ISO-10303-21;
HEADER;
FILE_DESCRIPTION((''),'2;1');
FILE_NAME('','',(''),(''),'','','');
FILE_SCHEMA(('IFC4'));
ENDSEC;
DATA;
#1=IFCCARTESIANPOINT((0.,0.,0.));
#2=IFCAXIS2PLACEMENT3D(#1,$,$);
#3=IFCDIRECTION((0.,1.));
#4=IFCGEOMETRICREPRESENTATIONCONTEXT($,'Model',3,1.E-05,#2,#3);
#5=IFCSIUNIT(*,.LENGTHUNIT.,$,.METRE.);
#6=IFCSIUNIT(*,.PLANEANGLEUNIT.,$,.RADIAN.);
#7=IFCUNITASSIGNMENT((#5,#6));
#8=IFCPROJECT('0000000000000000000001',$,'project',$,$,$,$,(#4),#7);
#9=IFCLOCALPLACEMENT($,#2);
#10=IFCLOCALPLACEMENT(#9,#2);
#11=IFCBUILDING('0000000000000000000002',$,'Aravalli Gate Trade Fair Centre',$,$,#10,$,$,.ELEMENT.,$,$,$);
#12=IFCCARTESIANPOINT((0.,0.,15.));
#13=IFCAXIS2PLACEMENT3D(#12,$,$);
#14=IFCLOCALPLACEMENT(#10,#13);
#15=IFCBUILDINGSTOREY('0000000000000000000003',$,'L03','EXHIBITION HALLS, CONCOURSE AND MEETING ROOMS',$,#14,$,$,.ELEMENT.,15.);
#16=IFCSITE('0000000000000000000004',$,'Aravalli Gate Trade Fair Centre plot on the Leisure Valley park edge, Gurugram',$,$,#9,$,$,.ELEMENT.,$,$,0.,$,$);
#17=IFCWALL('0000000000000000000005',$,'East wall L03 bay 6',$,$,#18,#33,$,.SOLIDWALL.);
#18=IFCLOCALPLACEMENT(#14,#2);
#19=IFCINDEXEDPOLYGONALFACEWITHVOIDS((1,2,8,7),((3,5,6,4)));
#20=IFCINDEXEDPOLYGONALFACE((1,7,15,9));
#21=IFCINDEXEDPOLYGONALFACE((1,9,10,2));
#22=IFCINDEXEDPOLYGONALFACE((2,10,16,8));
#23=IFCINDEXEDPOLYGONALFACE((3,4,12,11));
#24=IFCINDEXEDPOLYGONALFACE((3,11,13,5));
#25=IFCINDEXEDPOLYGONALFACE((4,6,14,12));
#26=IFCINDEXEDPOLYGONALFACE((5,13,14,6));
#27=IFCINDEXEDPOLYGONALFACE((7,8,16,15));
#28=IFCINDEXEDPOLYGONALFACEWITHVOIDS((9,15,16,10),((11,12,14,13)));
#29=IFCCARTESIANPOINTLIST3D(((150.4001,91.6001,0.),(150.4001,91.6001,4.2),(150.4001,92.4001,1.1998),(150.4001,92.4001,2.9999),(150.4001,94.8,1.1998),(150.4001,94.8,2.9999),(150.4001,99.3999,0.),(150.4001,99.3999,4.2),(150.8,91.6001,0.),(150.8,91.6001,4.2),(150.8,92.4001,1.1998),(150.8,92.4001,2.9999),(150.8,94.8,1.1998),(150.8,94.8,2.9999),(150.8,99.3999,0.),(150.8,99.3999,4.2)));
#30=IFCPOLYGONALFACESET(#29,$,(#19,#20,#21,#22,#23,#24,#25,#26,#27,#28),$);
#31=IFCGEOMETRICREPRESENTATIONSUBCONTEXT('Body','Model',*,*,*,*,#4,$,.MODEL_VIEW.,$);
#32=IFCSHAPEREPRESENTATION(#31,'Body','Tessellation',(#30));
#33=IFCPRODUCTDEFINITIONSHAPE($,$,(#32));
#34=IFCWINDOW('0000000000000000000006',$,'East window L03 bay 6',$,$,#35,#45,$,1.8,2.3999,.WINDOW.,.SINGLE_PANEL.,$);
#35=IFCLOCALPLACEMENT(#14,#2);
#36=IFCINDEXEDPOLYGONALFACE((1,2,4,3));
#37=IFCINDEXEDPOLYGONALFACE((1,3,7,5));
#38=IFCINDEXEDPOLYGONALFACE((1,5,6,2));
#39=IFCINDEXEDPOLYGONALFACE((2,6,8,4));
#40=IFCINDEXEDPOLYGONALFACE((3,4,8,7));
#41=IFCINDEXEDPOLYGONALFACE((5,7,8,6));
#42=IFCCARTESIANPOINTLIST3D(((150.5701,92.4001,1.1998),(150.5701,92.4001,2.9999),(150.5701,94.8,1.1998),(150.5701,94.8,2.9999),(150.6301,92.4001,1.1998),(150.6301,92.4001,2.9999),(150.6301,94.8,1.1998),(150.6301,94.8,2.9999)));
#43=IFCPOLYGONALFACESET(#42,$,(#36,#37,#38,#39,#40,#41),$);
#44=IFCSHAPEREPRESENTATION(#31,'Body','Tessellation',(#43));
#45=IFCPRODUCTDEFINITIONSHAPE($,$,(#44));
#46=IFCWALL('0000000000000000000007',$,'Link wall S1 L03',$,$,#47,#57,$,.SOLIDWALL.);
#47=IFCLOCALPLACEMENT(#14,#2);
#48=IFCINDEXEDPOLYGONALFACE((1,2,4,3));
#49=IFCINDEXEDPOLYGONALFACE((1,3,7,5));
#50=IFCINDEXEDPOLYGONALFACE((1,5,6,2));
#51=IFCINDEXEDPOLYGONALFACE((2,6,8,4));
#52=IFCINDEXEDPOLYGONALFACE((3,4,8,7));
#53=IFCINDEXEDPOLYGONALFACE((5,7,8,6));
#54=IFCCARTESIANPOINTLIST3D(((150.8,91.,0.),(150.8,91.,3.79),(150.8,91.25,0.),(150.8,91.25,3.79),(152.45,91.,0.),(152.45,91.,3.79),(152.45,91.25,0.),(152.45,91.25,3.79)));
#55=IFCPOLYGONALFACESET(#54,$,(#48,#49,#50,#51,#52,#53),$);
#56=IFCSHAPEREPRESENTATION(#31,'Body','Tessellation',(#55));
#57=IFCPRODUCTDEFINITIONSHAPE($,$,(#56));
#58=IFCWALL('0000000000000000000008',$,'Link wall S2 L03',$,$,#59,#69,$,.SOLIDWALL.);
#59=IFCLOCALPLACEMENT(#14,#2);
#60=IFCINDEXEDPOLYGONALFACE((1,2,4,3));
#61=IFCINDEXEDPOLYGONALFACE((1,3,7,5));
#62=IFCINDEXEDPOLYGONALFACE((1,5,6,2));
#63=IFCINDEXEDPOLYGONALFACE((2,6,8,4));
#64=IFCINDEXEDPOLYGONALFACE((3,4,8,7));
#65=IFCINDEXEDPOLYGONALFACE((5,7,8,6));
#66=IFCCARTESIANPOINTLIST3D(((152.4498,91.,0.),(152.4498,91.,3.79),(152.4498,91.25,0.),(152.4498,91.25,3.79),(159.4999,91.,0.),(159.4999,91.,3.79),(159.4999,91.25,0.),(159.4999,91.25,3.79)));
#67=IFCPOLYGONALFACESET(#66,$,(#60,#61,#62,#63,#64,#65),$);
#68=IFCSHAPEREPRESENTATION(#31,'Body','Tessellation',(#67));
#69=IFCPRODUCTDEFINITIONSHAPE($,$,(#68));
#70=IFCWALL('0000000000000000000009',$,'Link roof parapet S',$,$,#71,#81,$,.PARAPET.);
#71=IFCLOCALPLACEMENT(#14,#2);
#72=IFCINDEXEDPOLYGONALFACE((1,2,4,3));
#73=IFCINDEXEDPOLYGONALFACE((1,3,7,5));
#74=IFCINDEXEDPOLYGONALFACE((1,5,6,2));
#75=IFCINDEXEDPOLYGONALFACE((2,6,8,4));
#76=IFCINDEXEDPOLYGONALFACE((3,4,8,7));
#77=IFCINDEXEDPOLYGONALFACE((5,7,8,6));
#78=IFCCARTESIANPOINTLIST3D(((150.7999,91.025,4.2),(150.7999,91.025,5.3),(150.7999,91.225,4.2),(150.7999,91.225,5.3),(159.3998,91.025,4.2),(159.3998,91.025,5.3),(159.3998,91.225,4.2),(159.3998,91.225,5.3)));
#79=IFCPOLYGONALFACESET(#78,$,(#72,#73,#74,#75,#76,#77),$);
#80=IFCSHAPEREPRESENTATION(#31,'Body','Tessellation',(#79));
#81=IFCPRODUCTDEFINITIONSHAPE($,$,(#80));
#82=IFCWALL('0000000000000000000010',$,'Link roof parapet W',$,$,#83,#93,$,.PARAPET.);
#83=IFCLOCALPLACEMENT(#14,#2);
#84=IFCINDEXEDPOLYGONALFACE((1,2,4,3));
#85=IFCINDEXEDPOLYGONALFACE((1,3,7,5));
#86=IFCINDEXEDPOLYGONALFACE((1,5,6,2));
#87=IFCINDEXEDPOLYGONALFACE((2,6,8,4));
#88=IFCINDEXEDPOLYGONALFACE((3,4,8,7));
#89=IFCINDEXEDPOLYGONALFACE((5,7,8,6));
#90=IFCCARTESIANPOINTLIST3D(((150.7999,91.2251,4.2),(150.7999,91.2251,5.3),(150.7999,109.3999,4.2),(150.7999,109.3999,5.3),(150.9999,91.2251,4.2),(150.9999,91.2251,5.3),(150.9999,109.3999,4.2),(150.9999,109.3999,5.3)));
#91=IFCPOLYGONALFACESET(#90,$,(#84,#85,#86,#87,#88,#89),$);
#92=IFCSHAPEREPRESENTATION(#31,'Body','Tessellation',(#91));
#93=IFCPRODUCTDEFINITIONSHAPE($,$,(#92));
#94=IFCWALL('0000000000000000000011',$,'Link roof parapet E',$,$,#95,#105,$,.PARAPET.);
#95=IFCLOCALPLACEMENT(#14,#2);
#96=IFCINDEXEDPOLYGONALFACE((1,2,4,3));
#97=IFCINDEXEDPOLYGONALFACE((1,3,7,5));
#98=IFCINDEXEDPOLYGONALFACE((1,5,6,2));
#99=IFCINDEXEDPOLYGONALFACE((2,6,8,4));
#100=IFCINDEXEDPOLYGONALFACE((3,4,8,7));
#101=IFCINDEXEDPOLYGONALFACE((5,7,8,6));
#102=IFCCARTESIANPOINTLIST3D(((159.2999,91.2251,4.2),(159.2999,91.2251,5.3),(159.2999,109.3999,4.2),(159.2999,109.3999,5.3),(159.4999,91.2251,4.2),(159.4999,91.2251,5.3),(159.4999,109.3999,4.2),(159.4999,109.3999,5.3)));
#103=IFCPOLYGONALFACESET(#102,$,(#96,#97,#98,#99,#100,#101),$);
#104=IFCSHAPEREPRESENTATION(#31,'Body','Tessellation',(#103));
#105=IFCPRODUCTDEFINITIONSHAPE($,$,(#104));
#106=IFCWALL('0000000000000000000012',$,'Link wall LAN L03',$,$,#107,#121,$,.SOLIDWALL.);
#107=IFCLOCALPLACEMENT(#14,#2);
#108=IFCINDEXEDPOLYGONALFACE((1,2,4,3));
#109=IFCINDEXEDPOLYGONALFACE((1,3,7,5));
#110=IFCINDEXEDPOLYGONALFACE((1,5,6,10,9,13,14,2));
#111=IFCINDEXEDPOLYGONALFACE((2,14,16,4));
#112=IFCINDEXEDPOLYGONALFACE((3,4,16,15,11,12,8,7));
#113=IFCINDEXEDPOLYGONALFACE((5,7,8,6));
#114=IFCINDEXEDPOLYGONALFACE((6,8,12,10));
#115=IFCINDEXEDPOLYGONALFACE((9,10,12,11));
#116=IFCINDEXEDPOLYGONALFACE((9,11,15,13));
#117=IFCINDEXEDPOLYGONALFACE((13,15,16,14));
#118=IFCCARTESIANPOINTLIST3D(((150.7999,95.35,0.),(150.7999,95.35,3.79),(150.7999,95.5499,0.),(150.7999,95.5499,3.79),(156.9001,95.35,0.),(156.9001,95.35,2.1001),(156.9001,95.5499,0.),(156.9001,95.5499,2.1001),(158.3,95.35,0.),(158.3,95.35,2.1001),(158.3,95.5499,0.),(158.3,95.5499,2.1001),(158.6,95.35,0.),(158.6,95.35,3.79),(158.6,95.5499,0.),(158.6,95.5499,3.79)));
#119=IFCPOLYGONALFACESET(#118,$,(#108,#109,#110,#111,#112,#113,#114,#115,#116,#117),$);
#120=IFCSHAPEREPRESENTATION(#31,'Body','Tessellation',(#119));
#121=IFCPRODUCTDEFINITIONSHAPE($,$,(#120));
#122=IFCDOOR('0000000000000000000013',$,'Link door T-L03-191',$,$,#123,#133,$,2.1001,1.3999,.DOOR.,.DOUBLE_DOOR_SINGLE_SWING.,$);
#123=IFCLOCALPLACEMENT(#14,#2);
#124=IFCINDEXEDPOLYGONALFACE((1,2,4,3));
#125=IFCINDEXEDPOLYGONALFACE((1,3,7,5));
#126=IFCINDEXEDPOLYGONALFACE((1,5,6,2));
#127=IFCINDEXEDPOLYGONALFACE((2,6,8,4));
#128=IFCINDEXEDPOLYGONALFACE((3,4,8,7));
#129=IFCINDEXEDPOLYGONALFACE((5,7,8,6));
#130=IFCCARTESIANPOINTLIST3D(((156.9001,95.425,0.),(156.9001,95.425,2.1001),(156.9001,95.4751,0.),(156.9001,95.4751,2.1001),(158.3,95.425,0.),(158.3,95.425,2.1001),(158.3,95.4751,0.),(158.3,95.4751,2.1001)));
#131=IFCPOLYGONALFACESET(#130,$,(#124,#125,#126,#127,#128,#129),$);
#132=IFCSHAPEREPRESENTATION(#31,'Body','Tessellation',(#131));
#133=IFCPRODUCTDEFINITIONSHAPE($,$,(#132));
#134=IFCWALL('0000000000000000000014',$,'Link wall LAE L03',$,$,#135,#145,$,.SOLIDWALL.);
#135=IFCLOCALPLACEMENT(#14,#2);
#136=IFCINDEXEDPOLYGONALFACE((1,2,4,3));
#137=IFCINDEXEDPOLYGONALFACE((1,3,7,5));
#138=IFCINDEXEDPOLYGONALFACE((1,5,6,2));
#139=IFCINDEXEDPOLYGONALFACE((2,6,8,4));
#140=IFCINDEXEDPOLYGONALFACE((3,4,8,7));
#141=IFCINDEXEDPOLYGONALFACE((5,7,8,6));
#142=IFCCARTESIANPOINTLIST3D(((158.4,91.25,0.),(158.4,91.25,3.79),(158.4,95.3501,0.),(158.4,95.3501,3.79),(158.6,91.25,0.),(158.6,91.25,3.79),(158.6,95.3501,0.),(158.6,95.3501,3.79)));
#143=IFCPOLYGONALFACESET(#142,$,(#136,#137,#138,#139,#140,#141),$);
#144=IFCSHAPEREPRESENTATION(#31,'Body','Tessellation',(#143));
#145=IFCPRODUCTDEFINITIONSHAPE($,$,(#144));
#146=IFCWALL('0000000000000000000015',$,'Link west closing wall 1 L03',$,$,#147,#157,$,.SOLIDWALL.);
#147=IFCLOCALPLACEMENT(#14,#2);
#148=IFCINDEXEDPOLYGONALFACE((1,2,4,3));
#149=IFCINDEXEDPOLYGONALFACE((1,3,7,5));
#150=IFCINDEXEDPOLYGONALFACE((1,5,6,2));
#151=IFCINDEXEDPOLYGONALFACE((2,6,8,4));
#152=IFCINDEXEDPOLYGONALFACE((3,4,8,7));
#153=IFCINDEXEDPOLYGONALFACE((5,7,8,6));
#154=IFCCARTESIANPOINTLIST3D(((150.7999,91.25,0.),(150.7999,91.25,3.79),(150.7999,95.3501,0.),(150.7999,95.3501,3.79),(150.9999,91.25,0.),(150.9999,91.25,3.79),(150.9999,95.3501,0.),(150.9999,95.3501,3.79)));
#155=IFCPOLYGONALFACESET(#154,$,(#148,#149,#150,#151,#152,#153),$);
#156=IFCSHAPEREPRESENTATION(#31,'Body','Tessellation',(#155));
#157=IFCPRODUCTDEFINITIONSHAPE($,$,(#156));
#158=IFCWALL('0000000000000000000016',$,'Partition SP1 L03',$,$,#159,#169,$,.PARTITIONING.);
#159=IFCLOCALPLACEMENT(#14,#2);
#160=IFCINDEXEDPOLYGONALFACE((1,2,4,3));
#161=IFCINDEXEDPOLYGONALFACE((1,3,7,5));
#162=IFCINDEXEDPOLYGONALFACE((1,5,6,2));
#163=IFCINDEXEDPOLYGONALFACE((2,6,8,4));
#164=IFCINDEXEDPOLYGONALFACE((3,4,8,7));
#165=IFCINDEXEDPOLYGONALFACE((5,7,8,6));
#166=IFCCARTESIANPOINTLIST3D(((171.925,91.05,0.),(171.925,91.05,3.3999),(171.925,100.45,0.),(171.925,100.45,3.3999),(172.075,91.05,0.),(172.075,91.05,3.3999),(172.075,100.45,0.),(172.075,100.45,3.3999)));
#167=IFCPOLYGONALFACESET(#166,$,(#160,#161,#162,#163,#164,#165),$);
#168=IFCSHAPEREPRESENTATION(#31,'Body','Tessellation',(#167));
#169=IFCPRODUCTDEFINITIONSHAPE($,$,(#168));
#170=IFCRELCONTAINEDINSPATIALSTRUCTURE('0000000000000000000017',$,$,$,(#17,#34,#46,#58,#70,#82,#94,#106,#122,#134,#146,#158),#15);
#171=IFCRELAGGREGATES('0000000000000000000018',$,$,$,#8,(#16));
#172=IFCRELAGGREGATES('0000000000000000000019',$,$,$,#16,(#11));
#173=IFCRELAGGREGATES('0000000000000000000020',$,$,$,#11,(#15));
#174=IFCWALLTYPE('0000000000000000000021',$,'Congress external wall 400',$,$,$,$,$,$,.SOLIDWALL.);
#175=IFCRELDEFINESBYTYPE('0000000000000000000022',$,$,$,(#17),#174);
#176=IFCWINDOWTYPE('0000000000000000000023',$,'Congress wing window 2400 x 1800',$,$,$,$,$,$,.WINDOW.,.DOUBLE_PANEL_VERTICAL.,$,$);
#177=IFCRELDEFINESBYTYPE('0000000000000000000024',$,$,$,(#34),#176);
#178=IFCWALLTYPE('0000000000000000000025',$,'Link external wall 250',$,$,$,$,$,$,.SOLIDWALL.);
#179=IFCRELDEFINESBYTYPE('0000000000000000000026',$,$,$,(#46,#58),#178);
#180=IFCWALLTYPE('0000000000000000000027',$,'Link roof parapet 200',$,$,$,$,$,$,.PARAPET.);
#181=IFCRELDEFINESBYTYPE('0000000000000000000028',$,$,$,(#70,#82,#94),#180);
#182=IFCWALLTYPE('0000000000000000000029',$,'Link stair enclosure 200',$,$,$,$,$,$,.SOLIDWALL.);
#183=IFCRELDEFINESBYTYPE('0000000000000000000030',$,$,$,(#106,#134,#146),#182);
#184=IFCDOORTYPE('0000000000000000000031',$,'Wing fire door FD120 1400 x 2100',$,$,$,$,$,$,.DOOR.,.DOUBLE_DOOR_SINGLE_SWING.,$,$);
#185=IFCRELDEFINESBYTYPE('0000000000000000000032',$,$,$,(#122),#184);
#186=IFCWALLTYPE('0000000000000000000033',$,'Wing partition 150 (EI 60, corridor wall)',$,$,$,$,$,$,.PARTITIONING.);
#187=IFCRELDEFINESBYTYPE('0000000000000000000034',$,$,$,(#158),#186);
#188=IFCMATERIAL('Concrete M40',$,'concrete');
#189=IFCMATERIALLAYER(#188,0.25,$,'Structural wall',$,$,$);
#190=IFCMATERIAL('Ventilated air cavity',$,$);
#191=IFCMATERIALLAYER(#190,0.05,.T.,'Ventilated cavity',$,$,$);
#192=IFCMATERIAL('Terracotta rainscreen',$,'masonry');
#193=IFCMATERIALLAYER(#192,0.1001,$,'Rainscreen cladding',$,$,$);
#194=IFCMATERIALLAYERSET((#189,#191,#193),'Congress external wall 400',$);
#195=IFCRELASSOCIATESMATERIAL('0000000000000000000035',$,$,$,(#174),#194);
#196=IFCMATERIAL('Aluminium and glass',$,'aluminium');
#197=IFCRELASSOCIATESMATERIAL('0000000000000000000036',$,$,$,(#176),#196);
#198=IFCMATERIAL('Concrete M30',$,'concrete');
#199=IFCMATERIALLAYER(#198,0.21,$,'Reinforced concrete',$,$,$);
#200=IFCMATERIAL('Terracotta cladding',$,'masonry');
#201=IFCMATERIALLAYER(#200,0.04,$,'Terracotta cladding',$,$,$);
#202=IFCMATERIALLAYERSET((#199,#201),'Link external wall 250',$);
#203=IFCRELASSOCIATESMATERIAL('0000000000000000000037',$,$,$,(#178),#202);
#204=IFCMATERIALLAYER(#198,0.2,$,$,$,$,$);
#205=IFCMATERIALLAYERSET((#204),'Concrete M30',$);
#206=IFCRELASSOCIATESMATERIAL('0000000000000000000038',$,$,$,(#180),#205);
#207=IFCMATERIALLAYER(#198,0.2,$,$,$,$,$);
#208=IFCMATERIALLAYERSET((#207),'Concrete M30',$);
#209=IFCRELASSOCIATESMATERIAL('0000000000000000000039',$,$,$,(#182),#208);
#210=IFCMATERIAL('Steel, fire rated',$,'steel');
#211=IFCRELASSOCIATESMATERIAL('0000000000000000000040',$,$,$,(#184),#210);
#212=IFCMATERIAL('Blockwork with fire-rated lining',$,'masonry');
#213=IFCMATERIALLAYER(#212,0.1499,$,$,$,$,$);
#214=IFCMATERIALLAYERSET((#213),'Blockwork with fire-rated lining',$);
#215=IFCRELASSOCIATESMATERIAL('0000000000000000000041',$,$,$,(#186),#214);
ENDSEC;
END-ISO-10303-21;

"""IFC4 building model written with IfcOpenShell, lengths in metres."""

from ifc_helpers import new_model, si_unit, direction, frame, frame_2d, origin, place, context, subcontext, project, spatial, rectangle, extrude, material, layer, layer_set, type_object, element, fill, save


model = new_model("IFC4")

# Units and contexts
model_context = context("Model", 3, precision=1e-05, world=origin(), true_north=direction((0.0, 1.0)))
body_context = subcontext(model_context, "Body", "Model", "MODEL_VIEW")
ifc_project = project(units=[si_unit("LENGTHUNIT", "METRE"), si_unit("PLANEANGLEUNIT", "RADIAN")], contexts=[model_context])

# Site, building, storey
site_placement = place(None, origin())
site = spatial("IfcSite", under=ifc_project, at=site_placement, Name="Aravalli Gate Trade Fair Centre plot on the Leisure Valley park edge, Gurugram", CompositionType="ELEMENT", RefElevation=0.0)
building_placement = place(site_placement, origin())
building = spatial("IfcBuilding", under=site, at=building_placement, Name="Aravalli Gate Trade Fair Centre", CompositionType="ELEMENT")
storey_placement = place(building_placement, frame((0.0, 0.0, 15.0)))
storey = spatial("IfcBuildingStorey", under=building, at=storey_placement, Name="L03", Description="EXHIBITION HALLS, CONCOURSE AND MEETING ROOMS", CompositionType="ELEMENT", Elevation=15.0)

# Wall, opening, window
ifc_material_1 = material(Name="Concrete M40", Category="concrete")
ifc_layer_1 = layer(ifc_material_1, 0.25, Name="Structural wall")
ifc_material_2 = material(Name="Ventilated air cavity")
ifc_layer_2 = layer(ifc_material_2, 0.05, ventilated=True, Name="Ventilated cavity")
ifc_material_3 = material(Name="Terracotta rainscreen", Category="masonry")
ifc_layer_3 = layer(ifc_material_3, 0.1001, Name="Rainscreen cladding")
ifc_layer_set_1 = layer_set([ifc_layer_1, ifc_layer_2, ifc_layer_3], Name="Congress external wall 400")
wall_type_1 = type_object("IfcWallType", Name="Congress external wall 400", PredefinedType="SOLIDWALL", material=ifc_layer_set_1)
wall_1_placement = place(storey_placement, frame((150.6001, 91.6001, 0.0), z_axis=(0.0, 0.0, 1.0), x_axis=(0.0, 1.0, 0.0)))
wall_1 = element("IfcWall", 1, at=wall_1_placement, inside=storey, type_object=wall_type_1, Name="East wall L03 bay 6", PredefinedType="SOLIDWALL", context=body_context, shape_type="SweptSolid", body=[
    extrude(rectangle(XDim=7.7998, YDim=0.3999, at=frame_2d((3.8999, 0.0))), origin(), (0.0, 0.0, 1.0), 4.2),
])
opening_1_placement = place(wall_1_placement, frame((0.8, 0.0, 1.2)))
opening_1 = element("IfcOpeningElement", 2, at=opening_1_placement, cuts=wall_1, PredefinedType="OPENING", context=body_context, shape_type="SweptSolid", body=[
    extrude(rectangle(XDim=2.3999, YDim=1.8, at=frame_2d((1.2, 0.8999))), frame((0.0, 0.21, 0.0), z_axis=(0.0, -1.0, 0.0), x_axis=(1.0, 0.0, 0.0)), (0.0, 0.0, 1.0), 0.4199),
])
ifc_material_4 = material(Name="Aluminium and glass", Category="aluminium")
window_type_1 = type_object("IfcWindowType", Name="Congress wing window 2400 x 1800", PartitioningType="DOUBLE_PANEL_VERTICAL", PredefinedType="WINDOW", material=ifc_material_4)
window_1_placement = place(opening_1_placement, origin())
window_1 = element("IfcWindow", 3, at=window_1_placement, inside=storey, type_object=window_type_1, Name="East window L03 bay 6", OverallHeight=1.8, OverallWidth=2.3999, PartitioningType="SINGLE_PANEL", PredefinedType="WINDOW", context=body_context, shape_type="SweptSolid", body=[
    extrude(rectangle(XDim=2.3999, YDim=1.8, at=frame_2d((1.2, 0.8999))), frame((0.0, 0.03, 0.0), z_axis=(0.0, -1.0, 0.0), x_axis=(1.0, 0.0, 0.0)), (0.0, 0.0, 1.0), 0.0601),
])
fill(opening_1, window_1)

# Walls
ifc_material_5 = material(Name="Concrete M30", Category="concrete")
ifc_layer_4 = layer(ifc_material_5, 0.21, Name="Reinforced concrete")
ifc_material_6 = material(Name="Terracotta cladding", Category="masonry")
ifc_layer_5 = layer(ifc_material_6, 0.04, Name="Terracotta cladding")
ifc_layer_set_2 = layer_set([ifc_layer_4, ifc_layer_5], Name="Link external wall 250")
wall_type_2 = type_object("IfcWallType", Name="Link external wall 250", PredefinedType="SOLIDWALL", material=ifc_layer_set_2)
wall_2_placement = place(storey_placement, frame((150.8, 91.125, 0.0), z_axis=(0.0, 0.0, 1.0), x_axis=(1.0, 0.0, 0.0)))
element("IfcWall", 4, at=wall_2_placement, inside=storey, type_object=wall_type_2, Name="Link wall S1 L03", PredefinedType="SOLIDWALL", context=body_context, shape_type="SweptSolid", body=[
    extrude(rectangle(XDim=1.6499, YDim=0.25, at=frame_2d((0.825, 0.0))), origin(), (0.0, 0.0, 1.0), 3.79),
])
wall_3_placement = place(storey_placement, frame((152.45, 91.125, 0.0), z_axis=(0.0, 0.0, 1.0), x_axis=(1.0, 0.0, 0.0)))
element("IfcWall", 5, at=wall_3_placement, inside=storey, type_object=wall_type_2, Name="Link wall S2 L03", PredefinedType="SOLIDWALL", context=body_context, shape_type="SweptSolid", body=[
    extrude(rectangle(XDim=7.05, YDim=0.25, at=frame_2d((3.5249, 0.0))), origin(), (0.0, 0.0, 1.0), 3.79),
])
ifc_layer_6 = layer(ifc_material_5, 0.2)
ifc_layer_set_3 = layer_set([ifc_layer_6], Name="Concrete M30")
wall_type_3 = type_object("IfcWallType", Name="Link roof parapet 200", PredefinedType="PARAPET", material=ifc_layer_set_3)
wall_4_placement = place(storey_placement, frame((150.8, 91.125, 4.2), z_axis=(0.0, 0.0, 1.0), x_axis=(1.0, 0.0, 0.0)))
element("IfcWall", 6, at=wall_4_placement, inside=storey, type_object=wall_type_3, Name="Link roof parapet S", PredefinedType="PARAPET", context=body_context, shape_type="SweptSolid", body=[
    extrude(rectangle(XDim=8.5999, YDim=0.2, at=frame_2d((4.2998, 0.0))), origin(), (0.0, 0.0, 1.0), 1.1001),
])
for number, where, z_axis, x_axis, name in (
    (7, (150.8999, 91.2251, 4.2), (0.0, 0.0, 1.0), (0.0, 1.0, 0.0), "Link roof parapet W"),
    (8, (159.3999, 91.2251, 4.2), (0.0, 0.0, 1.0), (0.0, 1.0, 0.0), "Link roof parapet E"),
):
    element("IfcWall", number, at=place(storey_placement, frame(where, z_axis=z_axis, x_axis=x_axis)), inside=storey, type_object=wall_type_3, Name=name, PredefinedType="PARAPET", context=body_context, shape_type="SweptSolid", body=[
        extrude(rectangle(XDim=18.1748, YDim=0.2, at=frame_2d((9.0874, 0.0))), origin(), (0.0, 0.0, 1.0), 1.1001),
    ])

# Wall, opening, door
ifc_layer_7 = layer(ifc_material_5, 0.2)
ifc_layer_set_4 = layer_set([ifc_layer_7], Name="Concrete M30")
wall_type_4 = type_object("IfcWallType", Name="Link stair enclosure 200", PredefinedType="SOLIDWALL", material=ifc_layer_set_4)
wall_5_placement = place(storey_placement, frame((150.8, 95.45, 0.0), z_axis=(0.0, 0.0, 1.0), x_axis=(1.0, 0.0, 0.0)))
wall_5 = element("IfcWall", 9, at=wall_5_placement, inside=storey, type_object=wall_type_4, Name="Link wall LAN L03", PredefinedType="SOLIDWALL", context=body_context, shape_type="SweptSolid", body=[
    extrude(rectangle(XDim=7.8, YDim=0.2, at=frame_2d((3.8999, 0.0))), origin(), (0.0, 0.0, 1.0), 3.79),
])
opening_2_placement = place(wall_5_placement, frame((6.1001, 0.0, 0.0)))
opening_2 = element("IfcOpeningElement", 10, at=opening_2_placement, cuts=wall_5, PredefinedType="OPENING", context=body_context, shape_type="SweptSolid", body=[
    extrude(rectangle(XDim=1.3999, YDim=2.1001, at=frame_2d((0.7, 1.05))), frame((0.0, 0.1099, 0.0), z_axis=(0.0, -1.0, 0.0), x_axis=(1.0, 0.0, 0.0)), (0.0, 0.0, 1.0), 0.22),
])
ifc_material_7 = material(Name="Steel, fire rated", Category="steel")
door_type = type_object("IfcDoorType", Name="Wing fire door FD120 1400 x 2100", OperationType="DOUBLE_DOOR_SINGLE_SWING", PredefinedType="DOOR", material=ifc_material_7)
door_placement = place(opening_2_placement, frame((1.3999, 0.0, 0.0), z_axis=(0.0, 0.0, 1.0), x_axis=(-1.0, 0.0, 0.0)))
door = element("IfcDoor", 11, at=door_placement, inside=storey, type_object=door_type, Name="Link door T-L03-191", OperationType="DOUBLE_DOOR_SINGLE_SWING", OverallHeight=2.1001, OverallWidth=1.3999, PredefinedType="DOOR", context=body_context, shape_type="SweptSolid", body=[
    extrude(rectangle(XDim=1.3999, YDim=2.1001, at=frame_2d((0.7, 1.05))), frame((0.0, 0.0249, 0.0), z_axis=(0.0, -1.0, 0.0), x_axis=(1.0, 0.0, 0.0)), (0.0, 0.0, 1.0), 0.05),
])
fill(opening_2, door)

# Walls
for number, where, z_axis, x_axis, name in (
    (12, (158.5, 91.25, 0.0), (0.0, 0.0, 1.0), (0.0, 1.0, 0.0), "Link wall LAE L03"),
    (13, (150.8999, 91.25, 0.0), (0.0, 0.0, 1.0), (0.0, 1.0, 0.0), "Link west closing wall 1 L03"),
):
    element("IfcWall", number, at=place(storey_placement, frame(where, z_axis=z_axis, x_axis=x_axis)), inside=storey, type_object=wall_type_4, Name=name, PredefinedType="SOLIDWALL", context=body_context, shape_type="SweptSolid", body=[
        extrude(rectangle(XDim=4.1001, YDim=0.2, at=frame_2d((2.05, 0.0))), origin(), (0.0, 0.0, 1.0), 3.79),
    ])
ifc_material_8 = material(Name="Blockwork with fire-rated lining", Category="masonry")
ifc_layer_8 = layer(ifc_material_8, 0.1499)
ifc_layer_set_5 = layer_set([ifc_layer_8], Name="Blockwork with fire-rated lining")
wall_type_5 = type_object("IfcWallType", Name="Wing partition 150 (EI 60, corridor wall)", PredefinedType="PARTITIONING", material=ifc_layer_set_5)
wall_6_placement = place(storey_placement, frame((172.0, 91.05, 0.0), z_axis=(0.0, 0.0, 1.0), x_axis=(0.0, 1.0, 0.0)))
element("IfcWall", 14, at=wall_6_placement, inside=storey, type_object=wall_type_5, Name="Partition SP1 L03", PredefinedType="PARTITIONING", context=body_context, shape_type="SweptSolid", body=[
    extrude(rectangle(XDim=9.3999, YDim=0.1499, at=frame_2d((4.7, 0.0))), origin(), (0.0, 0.0, 1.0), 3.3999),
])

save(model, "model.ifc")
